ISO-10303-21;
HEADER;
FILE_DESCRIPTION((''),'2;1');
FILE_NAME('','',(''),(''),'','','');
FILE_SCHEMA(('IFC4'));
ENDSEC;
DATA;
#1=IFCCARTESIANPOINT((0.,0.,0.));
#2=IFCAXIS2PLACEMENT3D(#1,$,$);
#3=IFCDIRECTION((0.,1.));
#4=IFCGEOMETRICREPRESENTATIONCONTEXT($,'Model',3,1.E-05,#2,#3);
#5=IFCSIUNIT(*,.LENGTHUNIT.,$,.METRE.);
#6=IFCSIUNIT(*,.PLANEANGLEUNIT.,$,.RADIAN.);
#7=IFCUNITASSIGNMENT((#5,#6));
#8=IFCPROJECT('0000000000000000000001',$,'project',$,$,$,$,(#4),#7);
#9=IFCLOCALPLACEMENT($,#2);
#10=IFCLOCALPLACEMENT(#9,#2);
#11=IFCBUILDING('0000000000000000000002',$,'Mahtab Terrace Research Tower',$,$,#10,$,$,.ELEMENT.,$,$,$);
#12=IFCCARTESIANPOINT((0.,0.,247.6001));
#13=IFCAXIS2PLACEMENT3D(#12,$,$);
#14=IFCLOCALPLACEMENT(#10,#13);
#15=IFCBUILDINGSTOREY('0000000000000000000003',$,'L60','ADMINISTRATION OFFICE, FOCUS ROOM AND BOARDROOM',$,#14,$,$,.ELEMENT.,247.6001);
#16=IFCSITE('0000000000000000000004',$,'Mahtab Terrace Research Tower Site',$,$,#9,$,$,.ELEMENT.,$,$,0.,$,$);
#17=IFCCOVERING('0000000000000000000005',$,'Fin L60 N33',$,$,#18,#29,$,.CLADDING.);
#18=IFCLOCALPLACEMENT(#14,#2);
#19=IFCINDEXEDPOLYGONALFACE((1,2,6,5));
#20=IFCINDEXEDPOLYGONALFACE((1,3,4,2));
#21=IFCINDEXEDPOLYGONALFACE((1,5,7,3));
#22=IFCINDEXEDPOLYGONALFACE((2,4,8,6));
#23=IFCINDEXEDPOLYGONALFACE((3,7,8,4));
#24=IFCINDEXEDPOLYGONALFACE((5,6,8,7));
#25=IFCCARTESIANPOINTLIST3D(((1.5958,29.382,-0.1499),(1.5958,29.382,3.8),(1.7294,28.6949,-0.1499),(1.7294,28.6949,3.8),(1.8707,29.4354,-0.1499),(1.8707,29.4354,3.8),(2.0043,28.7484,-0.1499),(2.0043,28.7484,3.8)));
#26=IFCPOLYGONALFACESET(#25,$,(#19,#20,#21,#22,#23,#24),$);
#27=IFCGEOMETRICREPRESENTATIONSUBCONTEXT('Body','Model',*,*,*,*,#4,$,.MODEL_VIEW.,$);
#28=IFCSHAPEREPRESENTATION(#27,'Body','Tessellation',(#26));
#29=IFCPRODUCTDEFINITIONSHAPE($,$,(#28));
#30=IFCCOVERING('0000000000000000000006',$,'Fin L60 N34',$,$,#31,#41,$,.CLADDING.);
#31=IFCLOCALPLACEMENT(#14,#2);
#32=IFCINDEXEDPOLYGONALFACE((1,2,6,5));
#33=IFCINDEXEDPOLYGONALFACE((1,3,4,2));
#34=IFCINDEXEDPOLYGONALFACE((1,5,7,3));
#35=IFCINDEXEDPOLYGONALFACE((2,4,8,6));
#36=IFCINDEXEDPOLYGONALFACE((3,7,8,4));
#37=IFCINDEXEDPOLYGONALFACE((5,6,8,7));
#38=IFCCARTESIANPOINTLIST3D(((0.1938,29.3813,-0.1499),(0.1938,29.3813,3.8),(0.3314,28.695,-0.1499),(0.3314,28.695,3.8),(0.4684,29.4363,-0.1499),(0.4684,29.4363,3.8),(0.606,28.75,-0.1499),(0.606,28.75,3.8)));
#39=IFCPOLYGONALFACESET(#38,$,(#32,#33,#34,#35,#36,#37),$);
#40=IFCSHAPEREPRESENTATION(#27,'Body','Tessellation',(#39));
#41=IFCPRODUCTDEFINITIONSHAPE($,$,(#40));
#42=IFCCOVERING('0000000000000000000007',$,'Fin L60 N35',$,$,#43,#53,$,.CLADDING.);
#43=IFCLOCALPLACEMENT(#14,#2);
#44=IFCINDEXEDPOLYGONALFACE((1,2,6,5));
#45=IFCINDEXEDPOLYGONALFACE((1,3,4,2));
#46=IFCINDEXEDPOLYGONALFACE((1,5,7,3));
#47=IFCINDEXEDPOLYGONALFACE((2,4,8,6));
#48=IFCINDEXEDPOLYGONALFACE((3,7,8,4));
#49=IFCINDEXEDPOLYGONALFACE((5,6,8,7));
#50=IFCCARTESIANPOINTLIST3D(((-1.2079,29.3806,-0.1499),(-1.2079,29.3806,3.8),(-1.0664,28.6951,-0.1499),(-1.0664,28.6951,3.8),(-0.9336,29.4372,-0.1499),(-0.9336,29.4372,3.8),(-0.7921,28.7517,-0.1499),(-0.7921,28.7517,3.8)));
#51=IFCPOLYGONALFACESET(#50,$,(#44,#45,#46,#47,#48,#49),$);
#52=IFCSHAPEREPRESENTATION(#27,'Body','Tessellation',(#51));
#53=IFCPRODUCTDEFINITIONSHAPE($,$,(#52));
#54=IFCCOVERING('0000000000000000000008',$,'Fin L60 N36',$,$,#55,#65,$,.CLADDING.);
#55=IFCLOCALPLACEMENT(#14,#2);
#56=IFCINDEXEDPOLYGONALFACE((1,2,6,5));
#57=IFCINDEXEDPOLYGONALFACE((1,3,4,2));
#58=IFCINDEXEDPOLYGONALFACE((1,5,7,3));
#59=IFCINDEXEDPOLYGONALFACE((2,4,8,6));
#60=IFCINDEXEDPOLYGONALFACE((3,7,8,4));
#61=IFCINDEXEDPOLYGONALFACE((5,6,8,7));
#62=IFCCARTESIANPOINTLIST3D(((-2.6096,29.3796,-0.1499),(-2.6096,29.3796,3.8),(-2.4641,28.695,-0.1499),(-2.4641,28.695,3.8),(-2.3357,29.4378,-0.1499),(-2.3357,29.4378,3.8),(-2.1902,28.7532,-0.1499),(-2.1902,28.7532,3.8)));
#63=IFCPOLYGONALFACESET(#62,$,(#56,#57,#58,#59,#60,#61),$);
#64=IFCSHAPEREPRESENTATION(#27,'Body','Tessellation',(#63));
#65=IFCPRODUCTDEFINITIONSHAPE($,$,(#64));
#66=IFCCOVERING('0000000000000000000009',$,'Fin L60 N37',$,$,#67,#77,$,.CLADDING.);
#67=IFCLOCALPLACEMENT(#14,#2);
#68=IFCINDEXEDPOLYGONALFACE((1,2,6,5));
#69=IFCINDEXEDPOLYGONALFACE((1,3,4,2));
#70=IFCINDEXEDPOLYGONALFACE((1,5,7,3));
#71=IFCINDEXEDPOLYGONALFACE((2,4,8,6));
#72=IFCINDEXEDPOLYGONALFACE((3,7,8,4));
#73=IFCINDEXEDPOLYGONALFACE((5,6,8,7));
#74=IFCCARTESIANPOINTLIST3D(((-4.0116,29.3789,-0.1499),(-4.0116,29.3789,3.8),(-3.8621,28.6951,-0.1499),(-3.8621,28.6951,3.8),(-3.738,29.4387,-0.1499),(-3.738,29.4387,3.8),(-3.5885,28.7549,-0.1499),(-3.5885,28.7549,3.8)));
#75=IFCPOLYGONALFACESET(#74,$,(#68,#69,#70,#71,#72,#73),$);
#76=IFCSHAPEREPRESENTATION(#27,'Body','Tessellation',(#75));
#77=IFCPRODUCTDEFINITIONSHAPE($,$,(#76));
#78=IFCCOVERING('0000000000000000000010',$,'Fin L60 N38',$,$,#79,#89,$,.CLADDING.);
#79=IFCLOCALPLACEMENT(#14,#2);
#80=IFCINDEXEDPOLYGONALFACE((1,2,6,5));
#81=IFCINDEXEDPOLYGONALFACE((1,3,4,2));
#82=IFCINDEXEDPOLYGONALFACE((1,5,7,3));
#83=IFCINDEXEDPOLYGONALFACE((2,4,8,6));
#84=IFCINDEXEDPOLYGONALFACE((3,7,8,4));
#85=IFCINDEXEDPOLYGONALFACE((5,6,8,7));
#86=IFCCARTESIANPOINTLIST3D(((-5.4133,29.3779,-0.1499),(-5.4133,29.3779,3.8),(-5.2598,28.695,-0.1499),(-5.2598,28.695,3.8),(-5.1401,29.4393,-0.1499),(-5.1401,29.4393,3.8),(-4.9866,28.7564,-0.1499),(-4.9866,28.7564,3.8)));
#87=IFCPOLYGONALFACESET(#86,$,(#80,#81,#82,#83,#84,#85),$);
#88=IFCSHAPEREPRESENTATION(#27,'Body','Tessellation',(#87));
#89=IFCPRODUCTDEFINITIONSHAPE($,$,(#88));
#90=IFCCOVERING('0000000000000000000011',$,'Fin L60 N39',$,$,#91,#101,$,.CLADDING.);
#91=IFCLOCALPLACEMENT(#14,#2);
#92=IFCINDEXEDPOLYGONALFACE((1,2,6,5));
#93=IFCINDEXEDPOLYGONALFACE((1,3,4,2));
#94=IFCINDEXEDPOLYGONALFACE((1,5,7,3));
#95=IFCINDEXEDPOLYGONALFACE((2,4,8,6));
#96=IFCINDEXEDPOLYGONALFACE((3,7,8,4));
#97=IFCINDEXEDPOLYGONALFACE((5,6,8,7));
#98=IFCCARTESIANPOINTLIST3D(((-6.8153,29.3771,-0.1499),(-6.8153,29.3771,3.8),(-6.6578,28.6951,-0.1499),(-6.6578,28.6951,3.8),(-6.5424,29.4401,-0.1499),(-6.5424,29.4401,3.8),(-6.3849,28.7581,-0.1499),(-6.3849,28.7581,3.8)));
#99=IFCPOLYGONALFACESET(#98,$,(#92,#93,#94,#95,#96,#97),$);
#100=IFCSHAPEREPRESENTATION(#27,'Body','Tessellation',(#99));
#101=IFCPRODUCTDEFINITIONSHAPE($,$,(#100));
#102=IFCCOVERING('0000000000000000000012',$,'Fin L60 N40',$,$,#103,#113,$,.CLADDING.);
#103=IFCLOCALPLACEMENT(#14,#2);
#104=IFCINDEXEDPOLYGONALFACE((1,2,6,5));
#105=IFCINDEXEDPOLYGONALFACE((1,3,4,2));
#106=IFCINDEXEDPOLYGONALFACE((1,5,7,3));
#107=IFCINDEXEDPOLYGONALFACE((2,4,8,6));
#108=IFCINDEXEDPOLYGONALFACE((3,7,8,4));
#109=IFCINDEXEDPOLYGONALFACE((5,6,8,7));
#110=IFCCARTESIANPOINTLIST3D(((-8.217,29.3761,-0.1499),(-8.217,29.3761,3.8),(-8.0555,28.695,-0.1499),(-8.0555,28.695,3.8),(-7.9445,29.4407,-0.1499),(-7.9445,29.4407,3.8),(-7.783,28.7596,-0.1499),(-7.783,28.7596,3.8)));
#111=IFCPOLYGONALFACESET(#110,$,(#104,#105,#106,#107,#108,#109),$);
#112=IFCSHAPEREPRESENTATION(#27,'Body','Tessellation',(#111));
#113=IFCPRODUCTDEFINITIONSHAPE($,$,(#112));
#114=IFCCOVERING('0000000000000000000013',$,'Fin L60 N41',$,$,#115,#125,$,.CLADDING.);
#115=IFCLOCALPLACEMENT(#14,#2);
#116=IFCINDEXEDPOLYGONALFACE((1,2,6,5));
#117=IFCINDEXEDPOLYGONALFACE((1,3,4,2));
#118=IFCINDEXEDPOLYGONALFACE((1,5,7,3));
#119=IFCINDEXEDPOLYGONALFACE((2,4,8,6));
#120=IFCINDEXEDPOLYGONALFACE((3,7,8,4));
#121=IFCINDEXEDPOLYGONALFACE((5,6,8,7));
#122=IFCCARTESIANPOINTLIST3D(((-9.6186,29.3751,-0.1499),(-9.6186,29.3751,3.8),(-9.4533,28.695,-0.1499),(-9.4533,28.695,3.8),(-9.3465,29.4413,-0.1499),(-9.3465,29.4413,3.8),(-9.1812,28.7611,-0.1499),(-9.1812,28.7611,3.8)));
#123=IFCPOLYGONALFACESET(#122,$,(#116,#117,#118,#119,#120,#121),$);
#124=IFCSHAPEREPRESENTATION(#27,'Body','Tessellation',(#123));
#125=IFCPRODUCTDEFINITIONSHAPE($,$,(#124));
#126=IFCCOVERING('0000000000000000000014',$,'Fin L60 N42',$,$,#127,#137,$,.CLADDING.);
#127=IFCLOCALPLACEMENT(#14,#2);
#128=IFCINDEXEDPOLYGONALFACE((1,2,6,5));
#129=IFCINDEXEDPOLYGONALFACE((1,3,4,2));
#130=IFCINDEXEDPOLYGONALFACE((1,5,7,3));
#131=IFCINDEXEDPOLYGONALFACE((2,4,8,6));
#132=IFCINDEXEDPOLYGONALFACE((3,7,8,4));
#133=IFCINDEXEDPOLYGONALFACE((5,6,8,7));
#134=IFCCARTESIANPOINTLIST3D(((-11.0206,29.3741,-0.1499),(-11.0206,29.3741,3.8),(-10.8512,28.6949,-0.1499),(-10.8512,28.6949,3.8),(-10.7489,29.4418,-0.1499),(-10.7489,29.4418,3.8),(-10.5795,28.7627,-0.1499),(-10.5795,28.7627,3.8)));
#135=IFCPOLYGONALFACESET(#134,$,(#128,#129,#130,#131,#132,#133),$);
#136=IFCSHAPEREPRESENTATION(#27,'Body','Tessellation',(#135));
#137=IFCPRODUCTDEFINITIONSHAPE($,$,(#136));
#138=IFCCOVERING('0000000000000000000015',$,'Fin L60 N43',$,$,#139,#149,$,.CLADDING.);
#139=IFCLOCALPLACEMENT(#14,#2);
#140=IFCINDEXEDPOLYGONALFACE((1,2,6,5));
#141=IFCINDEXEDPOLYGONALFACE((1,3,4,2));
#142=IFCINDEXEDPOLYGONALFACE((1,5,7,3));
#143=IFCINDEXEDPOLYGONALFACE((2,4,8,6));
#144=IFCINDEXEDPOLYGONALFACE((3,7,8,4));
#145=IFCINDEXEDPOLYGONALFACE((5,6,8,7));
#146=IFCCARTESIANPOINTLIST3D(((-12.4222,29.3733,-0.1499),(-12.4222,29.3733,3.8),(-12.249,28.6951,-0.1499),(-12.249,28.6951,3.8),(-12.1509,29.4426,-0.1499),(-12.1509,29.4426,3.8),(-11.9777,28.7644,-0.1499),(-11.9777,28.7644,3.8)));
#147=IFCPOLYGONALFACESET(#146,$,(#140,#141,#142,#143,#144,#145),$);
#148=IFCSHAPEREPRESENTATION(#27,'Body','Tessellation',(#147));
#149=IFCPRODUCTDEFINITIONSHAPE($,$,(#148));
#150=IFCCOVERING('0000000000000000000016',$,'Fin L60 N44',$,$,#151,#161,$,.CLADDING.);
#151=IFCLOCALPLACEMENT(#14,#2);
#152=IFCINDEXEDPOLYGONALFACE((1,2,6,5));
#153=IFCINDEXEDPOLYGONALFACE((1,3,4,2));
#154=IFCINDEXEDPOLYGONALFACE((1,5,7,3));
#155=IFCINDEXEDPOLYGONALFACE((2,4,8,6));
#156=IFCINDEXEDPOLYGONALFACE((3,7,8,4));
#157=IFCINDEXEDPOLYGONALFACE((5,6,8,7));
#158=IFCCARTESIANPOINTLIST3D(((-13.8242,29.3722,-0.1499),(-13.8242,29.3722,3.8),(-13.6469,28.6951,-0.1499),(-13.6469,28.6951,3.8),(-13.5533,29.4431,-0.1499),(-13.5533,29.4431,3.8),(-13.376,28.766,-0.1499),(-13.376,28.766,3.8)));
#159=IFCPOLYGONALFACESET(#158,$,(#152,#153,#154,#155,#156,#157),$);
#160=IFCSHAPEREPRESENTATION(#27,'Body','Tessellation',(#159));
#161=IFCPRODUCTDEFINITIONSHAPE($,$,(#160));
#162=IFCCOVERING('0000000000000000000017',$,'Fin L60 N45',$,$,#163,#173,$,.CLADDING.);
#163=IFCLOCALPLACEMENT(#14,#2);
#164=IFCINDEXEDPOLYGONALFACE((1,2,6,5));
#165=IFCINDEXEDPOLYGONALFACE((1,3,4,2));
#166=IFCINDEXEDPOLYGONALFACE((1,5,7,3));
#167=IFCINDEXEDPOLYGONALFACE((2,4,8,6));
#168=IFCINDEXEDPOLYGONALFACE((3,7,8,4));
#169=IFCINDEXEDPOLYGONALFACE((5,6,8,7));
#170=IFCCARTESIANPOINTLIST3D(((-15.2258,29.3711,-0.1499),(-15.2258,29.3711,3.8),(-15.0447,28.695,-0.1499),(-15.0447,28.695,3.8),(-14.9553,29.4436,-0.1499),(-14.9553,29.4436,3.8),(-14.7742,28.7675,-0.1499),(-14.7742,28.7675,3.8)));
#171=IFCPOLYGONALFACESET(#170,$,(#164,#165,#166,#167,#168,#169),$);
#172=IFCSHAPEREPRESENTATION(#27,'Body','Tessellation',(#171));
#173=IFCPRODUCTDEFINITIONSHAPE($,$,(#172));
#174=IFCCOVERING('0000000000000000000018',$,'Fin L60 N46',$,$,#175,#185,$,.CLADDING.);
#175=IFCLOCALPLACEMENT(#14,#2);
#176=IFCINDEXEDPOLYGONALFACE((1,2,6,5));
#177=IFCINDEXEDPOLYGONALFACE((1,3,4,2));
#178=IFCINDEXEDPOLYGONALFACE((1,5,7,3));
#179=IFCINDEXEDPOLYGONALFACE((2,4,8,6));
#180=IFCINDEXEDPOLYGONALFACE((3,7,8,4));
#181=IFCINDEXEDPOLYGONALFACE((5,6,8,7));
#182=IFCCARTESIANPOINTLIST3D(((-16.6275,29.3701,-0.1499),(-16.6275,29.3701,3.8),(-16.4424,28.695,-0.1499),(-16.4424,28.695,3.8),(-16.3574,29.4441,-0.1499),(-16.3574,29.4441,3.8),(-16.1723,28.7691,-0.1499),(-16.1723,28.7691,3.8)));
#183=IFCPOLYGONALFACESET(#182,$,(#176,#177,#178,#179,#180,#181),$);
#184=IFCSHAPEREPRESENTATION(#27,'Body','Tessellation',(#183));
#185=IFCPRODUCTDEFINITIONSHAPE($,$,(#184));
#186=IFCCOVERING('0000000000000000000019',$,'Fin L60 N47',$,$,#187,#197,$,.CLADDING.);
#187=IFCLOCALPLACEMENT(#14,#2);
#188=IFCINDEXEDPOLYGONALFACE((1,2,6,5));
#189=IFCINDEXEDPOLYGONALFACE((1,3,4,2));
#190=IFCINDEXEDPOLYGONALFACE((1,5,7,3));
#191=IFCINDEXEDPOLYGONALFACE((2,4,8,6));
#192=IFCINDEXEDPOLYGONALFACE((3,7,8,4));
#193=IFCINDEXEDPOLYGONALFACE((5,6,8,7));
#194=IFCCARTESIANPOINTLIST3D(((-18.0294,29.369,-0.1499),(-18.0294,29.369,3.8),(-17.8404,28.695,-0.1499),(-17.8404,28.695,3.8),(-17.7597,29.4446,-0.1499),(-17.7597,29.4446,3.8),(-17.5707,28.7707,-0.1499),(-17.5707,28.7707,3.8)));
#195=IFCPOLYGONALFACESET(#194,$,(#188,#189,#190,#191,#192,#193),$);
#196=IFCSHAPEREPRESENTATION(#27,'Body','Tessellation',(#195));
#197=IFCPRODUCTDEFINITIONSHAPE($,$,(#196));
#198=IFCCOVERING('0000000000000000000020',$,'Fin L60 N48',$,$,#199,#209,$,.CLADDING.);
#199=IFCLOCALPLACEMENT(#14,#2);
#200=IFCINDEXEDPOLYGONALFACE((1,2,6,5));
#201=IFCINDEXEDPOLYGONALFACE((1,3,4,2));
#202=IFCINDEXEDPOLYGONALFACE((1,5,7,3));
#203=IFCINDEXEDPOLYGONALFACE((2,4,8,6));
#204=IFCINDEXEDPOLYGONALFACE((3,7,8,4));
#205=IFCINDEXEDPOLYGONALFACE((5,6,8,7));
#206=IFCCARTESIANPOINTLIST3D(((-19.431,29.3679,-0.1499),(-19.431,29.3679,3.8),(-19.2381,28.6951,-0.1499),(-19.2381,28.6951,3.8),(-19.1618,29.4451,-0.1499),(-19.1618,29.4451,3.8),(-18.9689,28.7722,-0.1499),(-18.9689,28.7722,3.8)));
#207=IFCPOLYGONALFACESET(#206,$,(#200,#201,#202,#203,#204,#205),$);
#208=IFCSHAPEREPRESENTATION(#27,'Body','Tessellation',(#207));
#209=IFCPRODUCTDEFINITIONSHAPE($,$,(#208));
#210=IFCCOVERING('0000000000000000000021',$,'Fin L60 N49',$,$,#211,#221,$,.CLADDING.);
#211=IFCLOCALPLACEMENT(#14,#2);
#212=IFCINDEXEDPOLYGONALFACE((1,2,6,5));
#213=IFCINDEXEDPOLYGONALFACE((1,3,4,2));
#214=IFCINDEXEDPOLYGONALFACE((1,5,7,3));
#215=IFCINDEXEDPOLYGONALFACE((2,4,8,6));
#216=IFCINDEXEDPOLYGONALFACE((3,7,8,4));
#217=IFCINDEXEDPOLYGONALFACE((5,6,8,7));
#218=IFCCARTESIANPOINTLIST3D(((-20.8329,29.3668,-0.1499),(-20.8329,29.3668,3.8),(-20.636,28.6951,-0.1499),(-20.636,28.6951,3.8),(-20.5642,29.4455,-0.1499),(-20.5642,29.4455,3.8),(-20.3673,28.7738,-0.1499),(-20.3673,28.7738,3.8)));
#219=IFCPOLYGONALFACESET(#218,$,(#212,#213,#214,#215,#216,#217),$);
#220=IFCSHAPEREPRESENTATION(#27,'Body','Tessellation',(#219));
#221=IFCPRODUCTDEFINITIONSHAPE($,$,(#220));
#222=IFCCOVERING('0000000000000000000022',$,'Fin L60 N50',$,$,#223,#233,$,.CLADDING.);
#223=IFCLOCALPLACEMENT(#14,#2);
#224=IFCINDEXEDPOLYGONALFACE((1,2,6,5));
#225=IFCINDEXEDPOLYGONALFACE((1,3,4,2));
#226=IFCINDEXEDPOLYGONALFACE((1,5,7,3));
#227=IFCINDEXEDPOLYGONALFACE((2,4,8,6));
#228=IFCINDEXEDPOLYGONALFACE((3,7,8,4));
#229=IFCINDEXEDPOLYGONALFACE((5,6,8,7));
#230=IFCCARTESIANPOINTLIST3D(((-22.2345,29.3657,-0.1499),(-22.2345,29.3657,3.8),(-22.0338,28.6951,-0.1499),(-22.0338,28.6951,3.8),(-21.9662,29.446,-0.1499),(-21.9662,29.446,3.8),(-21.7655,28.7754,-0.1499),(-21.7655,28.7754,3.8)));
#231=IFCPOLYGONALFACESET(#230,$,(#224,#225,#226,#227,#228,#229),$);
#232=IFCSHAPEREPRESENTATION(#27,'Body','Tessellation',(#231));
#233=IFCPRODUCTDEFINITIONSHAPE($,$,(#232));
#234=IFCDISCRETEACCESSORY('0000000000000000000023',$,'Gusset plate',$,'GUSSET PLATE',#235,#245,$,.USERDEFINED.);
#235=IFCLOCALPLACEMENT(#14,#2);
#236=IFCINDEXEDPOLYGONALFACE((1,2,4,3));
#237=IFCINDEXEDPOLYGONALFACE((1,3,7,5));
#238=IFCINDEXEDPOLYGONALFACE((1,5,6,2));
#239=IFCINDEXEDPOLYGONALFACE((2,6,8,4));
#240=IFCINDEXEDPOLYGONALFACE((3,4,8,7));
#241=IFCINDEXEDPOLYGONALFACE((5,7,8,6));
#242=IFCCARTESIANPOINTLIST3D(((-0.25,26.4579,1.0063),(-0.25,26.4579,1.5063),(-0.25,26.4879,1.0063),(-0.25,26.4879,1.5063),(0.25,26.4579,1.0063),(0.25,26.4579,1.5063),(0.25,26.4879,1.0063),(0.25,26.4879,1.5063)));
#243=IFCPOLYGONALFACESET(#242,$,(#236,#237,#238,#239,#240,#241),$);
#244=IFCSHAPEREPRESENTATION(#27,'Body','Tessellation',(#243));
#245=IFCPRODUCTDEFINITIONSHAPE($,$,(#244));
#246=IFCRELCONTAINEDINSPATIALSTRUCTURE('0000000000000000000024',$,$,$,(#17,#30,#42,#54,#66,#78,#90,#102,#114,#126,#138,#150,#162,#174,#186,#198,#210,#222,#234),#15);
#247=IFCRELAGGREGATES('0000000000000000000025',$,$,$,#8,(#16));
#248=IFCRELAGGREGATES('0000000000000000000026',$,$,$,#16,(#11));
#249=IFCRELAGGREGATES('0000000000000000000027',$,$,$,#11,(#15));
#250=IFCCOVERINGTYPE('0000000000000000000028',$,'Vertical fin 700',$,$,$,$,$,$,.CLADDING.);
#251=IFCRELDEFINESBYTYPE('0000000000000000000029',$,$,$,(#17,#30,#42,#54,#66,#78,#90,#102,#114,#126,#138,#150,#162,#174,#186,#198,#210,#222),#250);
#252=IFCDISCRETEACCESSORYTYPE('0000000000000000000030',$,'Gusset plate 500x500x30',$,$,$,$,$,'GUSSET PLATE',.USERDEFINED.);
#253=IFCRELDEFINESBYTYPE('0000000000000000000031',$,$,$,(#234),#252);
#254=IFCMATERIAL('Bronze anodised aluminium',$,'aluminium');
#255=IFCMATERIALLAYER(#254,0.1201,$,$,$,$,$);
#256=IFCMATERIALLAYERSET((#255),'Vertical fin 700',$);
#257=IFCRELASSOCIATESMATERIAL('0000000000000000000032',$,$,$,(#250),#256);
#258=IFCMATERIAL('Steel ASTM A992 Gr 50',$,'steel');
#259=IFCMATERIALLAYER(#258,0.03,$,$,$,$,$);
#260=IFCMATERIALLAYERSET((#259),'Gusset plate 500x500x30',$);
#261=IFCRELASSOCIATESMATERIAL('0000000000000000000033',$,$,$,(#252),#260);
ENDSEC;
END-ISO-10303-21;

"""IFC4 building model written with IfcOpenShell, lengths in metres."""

from ifc_helpers import new_model, si_unit, direction, frame, origin, origin_2d, place, context, subcontext, project, spatial, rectangle, extrude, material, layer, layer_set, type_object, element, save


model = new_model("IFC4")

# Units and contexts
model_context = context("Model", 3, precision=1e-05, world=origin(), true_north=direction((0.0, 1.0)))
body_context = subcontext(model_context, "Body", "Model", "MODEL_VIEW")
ifc_project = project(units=[si_unit("LENGTHUNIT", "METRE"), si_unit("PLANEANGLEUNIT", "RADIAN")], contexts=[model_context])

# Site, building, storey
site_placement = place(None, origin())
site = spatial("IfcSite", under=ifc_project, at=site_placement, Name="Mahtab Terrace Research Tower Site", CompositionType="ELEMENT", RefElevation=0.0)
building_placement = place(site_placement, origin())
building = spatial("IfcBuilding", under=site, at=building_placement, Name="Mahtab Terrace Research Tower", CompositionType="ELEMENT")
storey_placement = place(building_placement, frame((0.0, 0.0, 247.6001)))
storey = spatial("IfcBuildingStorey", under=building, at=storey_placement, Name="L60", Description="ADMINISTRATION OFFICE, FOCUS ROOM AND BOARDROOM", CompositionType="ELEMENT", Elevation=247.6001)

# Coverings
ifc_material_1 = material(Name="Bronze anodised aluminium", Category="aluminium")
ifc_layer_1 = layer(ifc_material_1, 0.1201)
ifc_layer_set_1 = layer_set([ifc_layer_1], Name="Vertical fin 700")
covering_type = type_object("IfcCoveringType", Name="Vertical fin 700", PredefinedType="CLADDING", material=ifc_layer_set_1)
for number, where, z_axis, x_axis, name in (
    (1, (1.8, 29.0652, -0.1499), (0.0, 0.0, 1.0), (-0.981627, -0.190809, 0.0), "Fin L60 N33"),
    (2, (0.3999, 29.0657, -0.1499), (0.0, 0.0, 1.0), (-0.9805, -0.196517, 0.0), "Fin L60 N34"),
    (3, (-1.0, 29.0662, -0.1499), (0.0, 0.0, 1.0), (-0.979341, -0.202218, 0.0), "Fin L60 N35"),
    (4, (-2.3999, 29.0664, -0.1499), (0.0, 0.0, 1.0), (-0.978148, -0.207912, 0.0), "Fin L60 N36"),
    (5, (-3.8, 29.0669, -0.1499), (0.0, 0.0, 1.0), (-0.976921, -0.213599, 0.0), "Fin L60 N37"),
    (6, (-5.2, 29.0671, -0.1499), (0.0, 0.0, 1.0), (-0.975662, -0.219279, 0.0), "Fin L60 N38"),
    (7, (-6.6001, 29.0676, -0.1499), (0.0, 0.0, 1.0), (-0.97437, -0.224951, 0.0), "Fin L60 N39"),
    (8, (-8.0, 29.0679, -0.1499), (0.0, 0.0, 1.0), (-0.973045, -0.230616, 0.0), "Fin L60 N40"),
    (9, (-9.3999, 29.0681, -0.1499), (0.0, 0.0, 1.0), (-0.971687, -0.236273, 0.0), "Fin L60 N41"),
    (10, (-10.8, 29.0684, -0.1499), (0.0, 0.0, 1.0), (-0.970296, -0.241922, 0.0), "Fin L60 N42"),
    (11, (-12.2, 29.0688, -0.1499), (0.0, 0.0, 1.0), (-0.968872, -0.247563, 0.0), "Fin L60 N43"),
    (12, (-13.6001, 29.0691, -0.1499), (0.0, 0.0, 1.0), (-0.967415, -0.253195, 0.0), "Fin L60 N44"),
    (13, (-15.0, 29.0693, -0.1499), (0.0, 0.0, 1.0), (-0.965926, -0.258819, 0.0), "Fin L60 N45"),
    (14, (-16.3999, 29.0696, -0.1499), (0.0, 0.0, 1.0), (-0.964404, -0.264434, 0.0), "Fin L60 N46"),
    (15, (-17.8, 29.0698, -0.1499), (0.0, 0.0, 1.0), (-0.962849, -0.27004, 0.0), "Fin L60 N47"),
    (16, (-19.2, 29.0701, -0.1499), (0.0, 0.0, 1.0), (-0.961262, -0.275637, 0.0), "Fin L60 N48"),
    (17, (-20.6001, 29.0703, -0.1499), (0.0, 0.0, 1.0), (-0.959642, -0.281225, 0.0), "Fin L60 N49"),
    (18, (-22.0, 29.0706, -0.1499), (0.0, 0.0, 1.0), (-0.95799, -0.286803, 0.0), "Fin L60 N50"),
):
    element("IfcCovering", number, at=place(storey_placement, frame(where, z_axis=z_axis, x_axis=x_axis)), inside=storey, type_object=covering_type, Name=name, PredefinedType="CLADDING", context=body_context, shape_type="SweptSolid", body=[
        extrude(rectangle(XDim=0.28, YDim=0.7, at=origin_2d()), origin(), (0.0, 0.0, 1.0), 3.95),
    ])

# Discrete accessory
ifc_material_2 = material(Name="Steel ASTM A992 Gr 50", Category="steel")
ifc_layer_2 = layer(ifc_material_2, 0.03)
ifc_layer_set_2 = layer_set([ifc_layer_2], Name="Gusset plate 500x500x30")
discrete_accessory_type = type_object("IfcDiscreteAccessoryType", Name="Gusset plate 500x500x30", ElementType="GUSSET PLATE", PredefinedType="USERDEFINED", material=ifc_layer_set_2)
discrete_accessory_placement = place(storey_placement, frame((0.0, 26.4729, 1.0063), z_axis=(0.0, 0.0, 1.0), x_axis=(1.0, 0.0, 0.0)))
element("IfcDiscreteAccessory", 19, at=discrete_accessory_placement, inside=storey, type_object=discrete_accessory_type, Name="Gusset plate", ObjectType="GUSSET PLATE", PredefinedType="USERDEFINED", context=body_context, shape_type="SweptSolid", body=[
    extrude(rectangle(XDim=0.5, YDim=0.03, at=origin_2d()), origin(), (0.0, 0.0, 1.0), 0.5),
])

save(model, "model.ifc")
